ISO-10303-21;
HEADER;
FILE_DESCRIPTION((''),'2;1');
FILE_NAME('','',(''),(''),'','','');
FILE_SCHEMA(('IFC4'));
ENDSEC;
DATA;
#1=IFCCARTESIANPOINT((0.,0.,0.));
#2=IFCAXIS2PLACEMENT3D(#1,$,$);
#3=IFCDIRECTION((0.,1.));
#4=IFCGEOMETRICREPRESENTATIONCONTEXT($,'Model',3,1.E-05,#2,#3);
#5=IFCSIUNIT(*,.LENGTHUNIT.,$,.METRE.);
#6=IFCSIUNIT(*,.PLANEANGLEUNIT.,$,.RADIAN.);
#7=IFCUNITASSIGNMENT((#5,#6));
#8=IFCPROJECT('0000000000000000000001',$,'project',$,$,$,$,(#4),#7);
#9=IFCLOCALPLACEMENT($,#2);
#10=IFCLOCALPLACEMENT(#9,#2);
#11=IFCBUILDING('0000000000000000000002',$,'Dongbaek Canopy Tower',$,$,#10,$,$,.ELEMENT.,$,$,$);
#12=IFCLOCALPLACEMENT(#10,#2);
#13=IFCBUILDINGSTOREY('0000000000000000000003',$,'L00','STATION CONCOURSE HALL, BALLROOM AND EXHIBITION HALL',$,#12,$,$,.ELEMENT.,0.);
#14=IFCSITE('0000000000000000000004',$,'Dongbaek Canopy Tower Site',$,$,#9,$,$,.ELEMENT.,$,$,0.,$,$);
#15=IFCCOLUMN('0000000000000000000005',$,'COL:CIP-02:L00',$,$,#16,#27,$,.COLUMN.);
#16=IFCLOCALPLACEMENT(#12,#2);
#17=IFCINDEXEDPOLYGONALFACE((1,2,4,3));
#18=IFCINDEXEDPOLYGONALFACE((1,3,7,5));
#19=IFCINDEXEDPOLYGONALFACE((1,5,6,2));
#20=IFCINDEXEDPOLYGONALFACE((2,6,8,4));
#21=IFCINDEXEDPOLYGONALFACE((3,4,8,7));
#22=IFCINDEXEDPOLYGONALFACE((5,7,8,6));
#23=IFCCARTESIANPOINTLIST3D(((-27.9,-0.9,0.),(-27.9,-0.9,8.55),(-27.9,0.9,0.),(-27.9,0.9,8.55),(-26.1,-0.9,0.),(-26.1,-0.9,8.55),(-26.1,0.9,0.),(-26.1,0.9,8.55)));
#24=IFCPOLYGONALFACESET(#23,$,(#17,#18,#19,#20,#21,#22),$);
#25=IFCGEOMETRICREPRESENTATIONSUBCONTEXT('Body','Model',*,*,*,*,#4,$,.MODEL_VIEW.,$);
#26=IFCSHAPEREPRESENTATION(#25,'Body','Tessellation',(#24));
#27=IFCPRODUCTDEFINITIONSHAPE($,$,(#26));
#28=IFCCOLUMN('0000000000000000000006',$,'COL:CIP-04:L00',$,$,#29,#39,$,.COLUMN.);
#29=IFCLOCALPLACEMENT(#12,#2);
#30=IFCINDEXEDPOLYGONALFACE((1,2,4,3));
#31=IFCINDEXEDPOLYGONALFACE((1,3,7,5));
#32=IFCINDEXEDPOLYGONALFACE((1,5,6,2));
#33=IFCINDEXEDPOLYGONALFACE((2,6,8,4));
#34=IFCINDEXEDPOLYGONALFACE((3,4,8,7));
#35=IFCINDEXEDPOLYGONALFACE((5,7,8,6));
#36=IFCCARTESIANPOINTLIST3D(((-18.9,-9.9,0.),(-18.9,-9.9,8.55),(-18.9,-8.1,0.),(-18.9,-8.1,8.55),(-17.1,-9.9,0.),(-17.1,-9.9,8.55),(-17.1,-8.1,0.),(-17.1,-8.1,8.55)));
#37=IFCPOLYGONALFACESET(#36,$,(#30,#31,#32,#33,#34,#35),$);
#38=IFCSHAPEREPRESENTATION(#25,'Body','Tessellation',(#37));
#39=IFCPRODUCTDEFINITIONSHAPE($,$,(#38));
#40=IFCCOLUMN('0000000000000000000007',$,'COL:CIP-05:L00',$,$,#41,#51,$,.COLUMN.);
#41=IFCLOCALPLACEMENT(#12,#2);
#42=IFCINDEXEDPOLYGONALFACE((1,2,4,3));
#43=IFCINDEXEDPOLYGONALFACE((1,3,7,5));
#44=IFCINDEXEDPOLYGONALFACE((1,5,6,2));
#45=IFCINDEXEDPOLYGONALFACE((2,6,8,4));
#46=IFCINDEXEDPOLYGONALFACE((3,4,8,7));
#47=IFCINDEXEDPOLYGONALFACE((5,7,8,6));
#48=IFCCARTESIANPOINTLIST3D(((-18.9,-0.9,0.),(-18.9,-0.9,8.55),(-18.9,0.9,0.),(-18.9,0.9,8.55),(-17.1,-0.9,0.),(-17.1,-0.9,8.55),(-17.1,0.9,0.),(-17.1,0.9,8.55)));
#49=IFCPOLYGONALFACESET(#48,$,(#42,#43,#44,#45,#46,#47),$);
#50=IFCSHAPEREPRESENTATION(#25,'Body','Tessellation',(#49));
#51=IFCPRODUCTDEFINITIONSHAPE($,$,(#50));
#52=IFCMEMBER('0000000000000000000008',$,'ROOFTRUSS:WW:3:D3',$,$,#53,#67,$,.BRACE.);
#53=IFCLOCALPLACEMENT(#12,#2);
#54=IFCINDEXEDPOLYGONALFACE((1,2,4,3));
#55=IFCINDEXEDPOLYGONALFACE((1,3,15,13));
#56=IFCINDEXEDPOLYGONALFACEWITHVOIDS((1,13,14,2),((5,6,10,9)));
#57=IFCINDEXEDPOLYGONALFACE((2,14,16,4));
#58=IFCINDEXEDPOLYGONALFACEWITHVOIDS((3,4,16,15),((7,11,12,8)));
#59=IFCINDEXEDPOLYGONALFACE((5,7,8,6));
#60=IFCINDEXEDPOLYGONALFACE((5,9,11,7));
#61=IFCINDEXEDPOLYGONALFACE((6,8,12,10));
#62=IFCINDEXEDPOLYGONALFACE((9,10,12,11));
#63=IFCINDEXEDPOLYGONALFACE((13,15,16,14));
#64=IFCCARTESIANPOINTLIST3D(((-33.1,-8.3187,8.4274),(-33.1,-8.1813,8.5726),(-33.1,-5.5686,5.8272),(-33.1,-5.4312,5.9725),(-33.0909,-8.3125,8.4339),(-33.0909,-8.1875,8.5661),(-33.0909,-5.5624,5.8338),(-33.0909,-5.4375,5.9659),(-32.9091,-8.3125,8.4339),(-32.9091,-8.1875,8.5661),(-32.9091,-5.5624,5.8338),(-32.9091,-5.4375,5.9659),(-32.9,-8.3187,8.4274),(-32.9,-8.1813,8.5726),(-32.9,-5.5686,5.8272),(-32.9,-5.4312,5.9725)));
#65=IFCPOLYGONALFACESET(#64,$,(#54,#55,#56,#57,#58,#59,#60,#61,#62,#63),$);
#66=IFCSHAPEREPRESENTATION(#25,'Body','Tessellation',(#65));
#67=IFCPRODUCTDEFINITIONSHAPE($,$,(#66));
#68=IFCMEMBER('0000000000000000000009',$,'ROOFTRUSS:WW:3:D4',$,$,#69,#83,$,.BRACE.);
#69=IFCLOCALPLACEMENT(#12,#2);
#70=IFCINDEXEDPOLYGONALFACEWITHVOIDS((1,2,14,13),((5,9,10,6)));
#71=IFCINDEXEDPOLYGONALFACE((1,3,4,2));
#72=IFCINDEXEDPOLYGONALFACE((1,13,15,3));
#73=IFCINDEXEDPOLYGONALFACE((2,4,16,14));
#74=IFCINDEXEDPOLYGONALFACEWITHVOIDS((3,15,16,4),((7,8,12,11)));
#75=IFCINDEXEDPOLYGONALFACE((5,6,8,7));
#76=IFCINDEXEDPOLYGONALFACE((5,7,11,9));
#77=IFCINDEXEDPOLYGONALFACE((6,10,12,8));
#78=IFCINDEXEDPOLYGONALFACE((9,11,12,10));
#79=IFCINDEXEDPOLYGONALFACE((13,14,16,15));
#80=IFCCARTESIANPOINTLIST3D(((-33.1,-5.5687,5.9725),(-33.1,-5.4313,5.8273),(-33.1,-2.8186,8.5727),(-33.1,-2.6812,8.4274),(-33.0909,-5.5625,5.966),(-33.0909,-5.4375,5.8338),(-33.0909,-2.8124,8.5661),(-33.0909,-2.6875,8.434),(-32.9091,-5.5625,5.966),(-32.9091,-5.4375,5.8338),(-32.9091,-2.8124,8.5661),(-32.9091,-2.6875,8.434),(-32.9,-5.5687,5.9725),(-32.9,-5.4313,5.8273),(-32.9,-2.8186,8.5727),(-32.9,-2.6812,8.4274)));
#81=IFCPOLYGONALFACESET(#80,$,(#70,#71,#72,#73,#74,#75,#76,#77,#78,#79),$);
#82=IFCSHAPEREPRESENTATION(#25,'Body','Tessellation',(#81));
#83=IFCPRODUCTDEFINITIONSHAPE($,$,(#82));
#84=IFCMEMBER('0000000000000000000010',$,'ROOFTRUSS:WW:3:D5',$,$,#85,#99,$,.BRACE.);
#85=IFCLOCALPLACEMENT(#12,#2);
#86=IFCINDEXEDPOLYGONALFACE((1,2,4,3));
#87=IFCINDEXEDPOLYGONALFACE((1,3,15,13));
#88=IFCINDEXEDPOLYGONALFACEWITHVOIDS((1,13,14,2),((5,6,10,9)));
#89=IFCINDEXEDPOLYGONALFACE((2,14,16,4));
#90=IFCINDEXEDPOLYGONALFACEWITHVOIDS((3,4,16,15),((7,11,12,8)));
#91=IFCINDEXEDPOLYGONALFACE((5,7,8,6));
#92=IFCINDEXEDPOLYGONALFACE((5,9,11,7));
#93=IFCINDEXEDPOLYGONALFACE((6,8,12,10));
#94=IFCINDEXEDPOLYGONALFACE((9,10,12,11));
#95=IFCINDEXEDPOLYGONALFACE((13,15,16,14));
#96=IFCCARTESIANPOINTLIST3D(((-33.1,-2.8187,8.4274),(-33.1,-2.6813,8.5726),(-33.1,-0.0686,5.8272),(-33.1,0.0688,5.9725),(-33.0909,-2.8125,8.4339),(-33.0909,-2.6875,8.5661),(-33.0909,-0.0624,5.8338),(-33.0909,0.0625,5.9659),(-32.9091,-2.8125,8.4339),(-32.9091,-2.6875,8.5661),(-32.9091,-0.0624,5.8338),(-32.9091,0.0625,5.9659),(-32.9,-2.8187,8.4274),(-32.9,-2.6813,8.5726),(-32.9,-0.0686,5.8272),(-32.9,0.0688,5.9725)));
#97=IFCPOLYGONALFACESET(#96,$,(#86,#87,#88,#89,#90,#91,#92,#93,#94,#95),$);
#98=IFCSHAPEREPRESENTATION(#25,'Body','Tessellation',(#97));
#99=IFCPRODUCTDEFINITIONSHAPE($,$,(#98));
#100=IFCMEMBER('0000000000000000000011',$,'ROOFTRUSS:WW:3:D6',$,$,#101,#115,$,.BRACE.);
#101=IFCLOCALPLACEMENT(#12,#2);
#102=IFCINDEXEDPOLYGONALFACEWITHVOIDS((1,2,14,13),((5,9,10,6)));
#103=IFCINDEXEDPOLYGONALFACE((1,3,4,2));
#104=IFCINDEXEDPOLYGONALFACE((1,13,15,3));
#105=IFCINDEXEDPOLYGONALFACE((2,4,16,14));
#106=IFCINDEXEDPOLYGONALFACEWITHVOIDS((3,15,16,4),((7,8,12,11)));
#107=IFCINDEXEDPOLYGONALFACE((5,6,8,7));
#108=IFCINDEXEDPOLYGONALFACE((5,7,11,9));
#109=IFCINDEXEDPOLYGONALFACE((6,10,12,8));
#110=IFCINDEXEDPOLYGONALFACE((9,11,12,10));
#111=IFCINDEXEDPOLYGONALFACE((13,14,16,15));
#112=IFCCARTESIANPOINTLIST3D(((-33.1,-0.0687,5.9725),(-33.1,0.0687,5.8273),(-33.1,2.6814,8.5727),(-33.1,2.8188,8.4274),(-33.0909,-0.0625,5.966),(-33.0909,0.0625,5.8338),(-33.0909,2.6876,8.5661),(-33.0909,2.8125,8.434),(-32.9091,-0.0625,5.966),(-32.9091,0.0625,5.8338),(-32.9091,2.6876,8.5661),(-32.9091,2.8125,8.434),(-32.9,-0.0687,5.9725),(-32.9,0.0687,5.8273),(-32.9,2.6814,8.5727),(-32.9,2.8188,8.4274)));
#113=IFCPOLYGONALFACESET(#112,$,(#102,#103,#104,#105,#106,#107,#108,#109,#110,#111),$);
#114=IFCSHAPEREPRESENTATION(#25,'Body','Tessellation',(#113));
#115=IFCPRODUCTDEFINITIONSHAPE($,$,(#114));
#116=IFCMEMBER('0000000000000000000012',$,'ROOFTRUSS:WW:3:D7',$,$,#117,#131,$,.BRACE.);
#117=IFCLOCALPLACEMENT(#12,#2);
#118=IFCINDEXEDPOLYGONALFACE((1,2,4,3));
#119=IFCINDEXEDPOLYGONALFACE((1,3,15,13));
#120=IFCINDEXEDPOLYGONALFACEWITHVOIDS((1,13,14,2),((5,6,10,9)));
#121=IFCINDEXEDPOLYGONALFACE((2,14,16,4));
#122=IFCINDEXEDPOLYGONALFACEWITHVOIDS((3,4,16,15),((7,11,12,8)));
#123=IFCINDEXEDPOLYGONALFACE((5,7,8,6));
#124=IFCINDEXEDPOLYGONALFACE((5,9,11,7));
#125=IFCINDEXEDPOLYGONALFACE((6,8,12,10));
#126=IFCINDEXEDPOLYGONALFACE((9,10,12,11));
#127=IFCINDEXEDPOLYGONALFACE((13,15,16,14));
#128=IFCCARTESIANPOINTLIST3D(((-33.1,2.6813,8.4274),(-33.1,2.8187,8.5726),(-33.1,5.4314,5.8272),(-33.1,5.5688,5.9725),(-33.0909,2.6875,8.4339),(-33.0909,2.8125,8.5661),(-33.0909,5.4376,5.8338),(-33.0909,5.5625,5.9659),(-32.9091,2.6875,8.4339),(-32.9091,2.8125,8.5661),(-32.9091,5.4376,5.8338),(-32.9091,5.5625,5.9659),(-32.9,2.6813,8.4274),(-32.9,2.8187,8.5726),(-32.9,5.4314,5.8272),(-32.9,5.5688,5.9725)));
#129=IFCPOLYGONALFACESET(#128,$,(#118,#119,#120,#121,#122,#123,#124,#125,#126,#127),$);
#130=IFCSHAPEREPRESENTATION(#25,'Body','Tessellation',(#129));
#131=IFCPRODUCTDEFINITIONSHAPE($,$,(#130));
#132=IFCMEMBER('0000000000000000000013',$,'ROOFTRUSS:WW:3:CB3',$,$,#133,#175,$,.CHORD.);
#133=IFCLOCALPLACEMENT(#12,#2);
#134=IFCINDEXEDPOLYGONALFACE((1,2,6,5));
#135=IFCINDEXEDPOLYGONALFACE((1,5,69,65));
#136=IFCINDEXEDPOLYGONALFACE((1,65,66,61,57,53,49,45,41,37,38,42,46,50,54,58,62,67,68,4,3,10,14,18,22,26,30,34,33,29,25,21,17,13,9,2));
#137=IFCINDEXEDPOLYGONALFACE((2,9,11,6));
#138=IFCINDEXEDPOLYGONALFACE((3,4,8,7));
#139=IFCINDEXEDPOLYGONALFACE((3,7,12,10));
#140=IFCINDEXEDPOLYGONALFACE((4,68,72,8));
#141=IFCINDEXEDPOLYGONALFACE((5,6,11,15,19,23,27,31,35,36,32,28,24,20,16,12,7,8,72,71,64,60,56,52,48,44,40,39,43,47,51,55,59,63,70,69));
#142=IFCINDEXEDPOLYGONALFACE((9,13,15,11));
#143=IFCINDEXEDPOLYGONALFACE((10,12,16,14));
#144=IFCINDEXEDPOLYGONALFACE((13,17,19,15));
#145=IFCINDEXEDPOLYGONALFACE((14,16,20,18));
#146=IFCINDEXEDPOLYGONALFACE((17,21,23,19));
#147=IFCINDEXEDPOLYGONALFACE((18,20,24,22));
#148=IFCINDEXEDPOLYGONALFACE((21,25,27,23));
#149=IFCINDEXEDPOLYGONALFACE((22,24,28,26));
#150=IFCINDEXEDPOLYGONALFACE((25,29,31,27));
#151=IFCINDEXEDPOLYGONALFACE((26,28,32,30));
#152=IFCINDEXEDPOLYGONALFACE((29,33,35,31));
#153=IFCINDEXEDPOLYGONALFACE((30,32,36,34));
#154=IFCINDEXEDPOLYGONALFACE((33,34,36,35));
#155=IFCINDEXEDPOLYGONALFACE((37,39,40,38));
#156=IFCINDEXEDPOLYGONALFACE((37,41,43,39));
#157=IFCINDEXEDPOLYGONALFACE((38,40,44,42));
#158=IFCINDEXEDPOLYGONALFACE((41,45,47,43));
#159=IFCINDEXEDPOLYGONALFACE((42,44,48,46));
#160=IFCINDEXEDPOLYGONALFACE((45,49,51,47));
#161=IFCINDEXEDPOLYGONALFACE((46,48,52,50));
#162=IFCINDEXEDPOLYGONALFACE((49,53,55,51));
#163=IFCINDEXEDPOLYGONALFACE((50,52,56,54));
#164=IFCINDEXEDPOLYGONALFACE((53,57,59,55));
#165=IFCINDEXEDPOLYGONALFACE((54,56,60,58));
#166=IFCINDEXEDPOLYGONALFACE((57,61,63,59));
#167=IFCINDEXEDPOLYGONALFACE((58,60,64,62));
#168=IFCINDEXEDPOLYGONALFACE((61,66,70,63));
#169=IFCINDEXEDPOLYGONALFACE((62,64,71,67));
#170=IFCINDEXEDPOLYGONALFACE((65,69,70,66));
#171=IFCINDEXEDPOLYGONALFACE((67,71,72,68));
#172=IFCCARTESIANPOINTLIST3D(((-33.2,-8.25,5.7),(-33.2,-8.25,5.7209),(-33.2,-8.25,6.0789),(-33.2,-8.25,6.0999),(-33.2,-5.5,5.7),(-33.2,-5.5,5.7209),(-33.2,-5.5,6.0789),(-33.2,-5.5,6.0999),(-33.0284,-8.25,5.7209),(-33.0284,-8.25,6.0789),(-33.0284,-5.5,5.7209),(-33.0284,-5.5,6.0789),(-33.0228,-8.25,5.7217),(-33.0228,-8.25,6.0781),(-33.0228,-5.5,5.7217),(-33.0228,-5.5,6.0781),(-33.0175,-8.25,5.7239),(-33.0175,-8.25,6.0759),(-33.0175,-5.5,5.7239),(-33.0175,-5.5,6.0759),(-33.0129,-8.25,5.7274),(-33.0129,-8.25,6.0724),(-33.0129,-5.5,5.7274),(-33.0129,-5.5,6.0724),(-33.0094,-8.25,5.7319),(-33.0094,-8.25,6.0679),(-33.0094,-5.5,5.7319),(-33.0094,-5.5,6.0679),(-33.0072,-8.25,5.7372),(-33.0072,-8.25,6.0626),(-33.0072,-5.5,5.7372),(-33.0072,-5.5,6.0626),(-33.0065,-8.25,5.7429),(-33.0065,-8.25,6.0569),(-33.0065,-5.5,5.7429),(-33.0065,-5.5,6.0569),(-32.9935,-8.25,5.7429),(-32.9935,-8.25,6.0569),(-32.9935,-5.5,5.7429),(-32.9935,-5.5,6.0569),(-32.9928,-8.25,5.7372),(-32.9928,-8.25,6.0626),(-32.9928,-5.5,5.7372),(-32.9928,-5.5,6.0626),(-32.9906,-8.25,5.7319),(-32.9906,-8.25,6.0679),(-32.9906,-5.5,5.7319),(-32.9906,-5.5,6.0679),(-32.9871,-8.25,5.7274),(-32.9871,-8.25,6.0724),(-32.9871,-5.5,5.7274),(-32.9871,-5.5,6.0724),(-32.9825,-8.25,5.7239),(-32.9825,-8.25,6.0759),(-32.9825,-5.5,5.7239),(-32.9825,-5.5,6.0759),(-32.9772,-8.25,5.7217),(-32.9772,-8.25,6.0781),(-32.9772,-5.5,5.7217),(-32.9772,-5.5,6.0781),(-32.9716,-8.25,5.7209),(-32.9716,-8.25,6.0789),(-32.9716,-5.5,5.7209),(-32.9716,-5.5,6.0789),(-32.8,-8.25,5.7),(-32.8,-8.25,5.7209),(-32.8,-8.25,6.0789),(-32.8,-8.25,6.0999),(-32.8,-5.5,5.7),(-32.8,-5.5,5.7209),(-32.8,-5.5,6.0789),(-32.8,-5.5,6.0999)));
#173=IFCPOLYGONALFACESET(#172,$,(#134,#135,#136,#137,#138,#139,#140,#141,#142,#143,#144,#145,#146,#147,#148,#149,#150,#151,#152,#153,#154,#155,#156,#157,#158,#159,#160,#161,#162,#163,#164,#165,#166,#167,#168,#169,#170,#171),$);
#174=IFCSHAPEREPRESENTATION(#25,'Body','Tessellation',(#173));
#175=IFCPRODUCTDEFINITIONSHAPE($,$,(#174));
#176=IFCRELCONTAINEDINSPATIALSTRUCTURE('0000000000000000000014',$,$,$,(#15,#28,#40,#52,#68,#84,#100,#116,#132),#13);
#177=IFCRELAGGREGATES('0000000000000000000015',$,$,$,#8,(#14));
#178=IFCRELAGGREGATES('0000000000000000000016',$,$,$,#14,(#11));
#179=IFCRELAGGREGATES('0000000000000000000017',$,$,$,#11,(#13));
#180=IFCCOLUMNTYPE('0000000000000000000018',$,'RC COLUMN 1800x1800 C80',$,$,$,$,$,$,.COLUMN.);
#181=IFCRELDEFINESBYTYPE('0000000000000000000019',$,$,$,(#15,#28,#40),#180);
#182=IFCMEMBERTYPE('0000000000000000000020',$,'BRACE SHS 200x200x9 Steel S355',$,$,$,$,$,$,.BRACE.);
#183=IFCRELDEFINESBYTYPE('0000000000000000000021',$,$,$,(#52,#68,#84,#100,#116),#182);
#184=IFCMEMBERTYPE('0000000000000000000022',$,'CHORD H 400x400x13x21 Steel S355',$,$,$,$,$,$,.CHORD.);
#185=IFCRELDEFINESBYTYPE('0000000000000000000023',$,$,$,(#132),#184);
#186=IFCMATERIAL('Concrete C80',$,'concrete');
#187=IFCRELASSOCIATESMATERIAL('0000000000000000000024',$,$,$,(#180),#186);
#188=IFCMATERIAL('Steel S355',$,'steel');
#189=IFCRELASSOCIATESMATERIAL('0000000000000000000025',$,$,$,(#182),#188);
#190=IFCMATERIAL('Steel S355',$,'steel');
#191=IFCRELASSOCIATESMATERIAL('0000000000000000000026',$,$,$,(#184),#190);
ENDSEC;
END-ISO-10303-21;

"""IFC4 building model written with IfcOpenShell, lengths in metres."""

from ifc_helpers import new_model, si_unit, direction, frame, origin, origin_2d, place, context, subcontext, project, spatial, rectangle, hollow_rectangle, i_section, extrude, material, material_profile, profile_set, type_object, element, save


model = new_model("IFC4")

# Units and contexts
model_context = context("Model", 3, precision=1e-05, world=origin(), true_north=direction((0.0, 1.0)))
body_context = subcontext(model_context, "Body", "Model", "MODEL_VIEW")
ifc_project = project(units=[si_unit("LENGTHUNIT", "METRE"), si_unit("PLANEANGLEUNIT", "RADIAN")], contexts=[model_context])

# Site, building, storey
site_placement = place(None, origin())
site = spatial("IfcSite", under=ifc_project, at=site_placement, Name="Dongbaek Canopy Tower Site", CompositionType="ELEMENT", RefElevation=0.0)
building_placement = place(site_placement, origin())
building = spatial("IfcBuilding", under=site, at=building_placement, Name="Dongbaek Canopy Tower", CompositionType="ELEMENT")
storey_placement = place(building_placement, origin())
storey = spatial("IfcBuildingStorey", under=building, at=storey_placement, Name="L00", Description="STATION CONCOURSE HALL, BALLROOM AND EXHIBITION HALL", CompositionType="ELEMENT", Elevation=0.0)

# Columns
ifc_material_1 = material(Name="Concrete C80", Category="concrete")
ifc_material_profile_1 = material_profile(ifc_material_1, rectangle(XDim=1.8, YDim=1.8, at=origin_2d()), Name="RC COLUMN 1800x1800 C80")
ifc_profile_set_1 = profile_set([ifc_material_profile_1], Name="Concrete C80")
column_type = type_object("IfcColumnType", Name="RC COLUMN 1800x1800 C80", PredefinedType="COLUMN", material=ifc_profile_set_1)
for number, where, z_axis, x_axis, name in (
    (1, (-27.0, 0.0, 0.0), (0.0, 0.0, 1.0), (1.0, 0.0, 0.0), "COL:CIP-02:L00"),
    (2, (-18.0, -9.0, 0.0), (0.0, 0.0, 1.0), (1.0, 0.0, 0.0), "COL:CIP-04:L00"),
    (3, (-18.0, 0.0, 0.0), (0.0, 0.0, 1.0), (1.0, 0.0, 0.0), "COL:CIP-05:L00"),
):
    element("IfcColumn", number, at=place(storey_placement, frame(where, z_axis=z_axis, x_axis=x_axis)), inside=storey, type_object=column_type, Name=name, PredefinedType="COLUMN", context=body_context, shape_type="SweptSolid", body=[
        extrude(rectangle(XDim=1.8, YDim=1.8, at=origin_2d()), origin(), (0.0, 0.0, 1.0), 8.55),
    ])

# Members
ifc_material_2 = material(Name="Steel S355", Category="steel")
ifc_material_profile_2 = material_profile(ifc_material_2, hollow_rectangle(XDim=0.2, YDim=0.2, WallThickness=0.009, at=origin_2d()), Name="BRACE SHS 200x200x9 Steel S355")
ifc_profile_set_2 = profile_set([ifc_material_profile_2], Name="Steel S355")
member_type_1 = type_object("IfcMemberType", Name="BRACE SHS 200x200x9 Steel S355", PredefinedType="BRACE", material=ifc_profile_set_2)
for number, where, z_axis, x_axis, name in (
    (4, (-33.0, -8.25, 8.5), (0.0, 0.726634, -0.687025), (-1.0, 0.0, 0.0), "ROOFTRUSS:WW:3:D3"),
    (5, (-33.0, -5.5, 5.8999), (0.0, 0.726634, 0.687025), (-1.0, 0.0, 0.0), "ROOFTRUSS:WW:3:D4"),
    (6, (-33.0, -2.75, 8.5), (0.0, 0.726634, -0.687025), (-1.0, 0.0, 0.0), "ROOFTRUSS:WW:3:D5"),
    (7, (-33.0, 0.0, 5.8999), (0.0, 0.726634, 0.687025), (-1.0, 0.0, 0.0), "ROOFTRUSS:WW:3:D6"),
    (8, (-33.0, 2.75, 8.5), (0.0, 0.726634, -0.687025), (-1.0, 0.0, 0.0), "ROOFTRUSS:WW:3:D7"),
):
    element("IfcMember", number, at=place(storey_placement, frame(where, z_axis=z_axis, x_axis=x_axis)), inside=storey, type_object=member_type_1, Name=name, PredefinedType="BRACE", context=body_context, shape_type="SweptSolid", body=[
        extrude(hollow_rectangle(XDim=0.2, YDim=0.2, WallThickness=0.009, at=origin_2d()), origin(), (0.0, 0.0, 1.0), 3.7847),
    ])
ifc_material_3 = material(Name="Steel S355", Category="steel")
ifc_material_profile_3 = material_profile(ifc_material_3, i_section(OverallWidth=0.3999, OverallDepth=0.3999, WebThickness=0.0129, FlangeThickness=0.021, FilletRadius=0.022, at=origin_2d()), Name="CHORD H 400x400x13x21 Steel S355")
ifc_profile_set_3 = profile_set([ifc_material_profile_3], Name="Steel S355")
member_type_2 = type_object("IfcMemberType", Name="CHORD H 400x400x13x21 Steel S355", PredefinedType="CHORD", material=ifc_profile_set_3)
for number, where, z_axis, x_axis, name in (
    (9, (-33.0, -8.25, 5.8999), (0.0, 1.0, 0.0), (-1.0, 0.0, 0.0), "ROOFTRUSS:WW:3:CB3"),
):
    element("IfcMember", number, at=place(storey_placement, frame(where, z_axis=z_axis, x_axis=x_axis)), inside=storey, type_object=member_type_2, Name=name, PredefinedType="CHORD", context=body_context, shape_type="SweptSolid", body=[
        extrude(i_section(OverallWidth=0.3999, OverallDepth=0.3999, WebThickness=0.0129, FlangeThickness=0.021, FilletRadius=0.022, at=origin_2d()), origin(), (0.0, 0.0, 1.0), 2.75),
    ])

save(model, "model.ifc")
